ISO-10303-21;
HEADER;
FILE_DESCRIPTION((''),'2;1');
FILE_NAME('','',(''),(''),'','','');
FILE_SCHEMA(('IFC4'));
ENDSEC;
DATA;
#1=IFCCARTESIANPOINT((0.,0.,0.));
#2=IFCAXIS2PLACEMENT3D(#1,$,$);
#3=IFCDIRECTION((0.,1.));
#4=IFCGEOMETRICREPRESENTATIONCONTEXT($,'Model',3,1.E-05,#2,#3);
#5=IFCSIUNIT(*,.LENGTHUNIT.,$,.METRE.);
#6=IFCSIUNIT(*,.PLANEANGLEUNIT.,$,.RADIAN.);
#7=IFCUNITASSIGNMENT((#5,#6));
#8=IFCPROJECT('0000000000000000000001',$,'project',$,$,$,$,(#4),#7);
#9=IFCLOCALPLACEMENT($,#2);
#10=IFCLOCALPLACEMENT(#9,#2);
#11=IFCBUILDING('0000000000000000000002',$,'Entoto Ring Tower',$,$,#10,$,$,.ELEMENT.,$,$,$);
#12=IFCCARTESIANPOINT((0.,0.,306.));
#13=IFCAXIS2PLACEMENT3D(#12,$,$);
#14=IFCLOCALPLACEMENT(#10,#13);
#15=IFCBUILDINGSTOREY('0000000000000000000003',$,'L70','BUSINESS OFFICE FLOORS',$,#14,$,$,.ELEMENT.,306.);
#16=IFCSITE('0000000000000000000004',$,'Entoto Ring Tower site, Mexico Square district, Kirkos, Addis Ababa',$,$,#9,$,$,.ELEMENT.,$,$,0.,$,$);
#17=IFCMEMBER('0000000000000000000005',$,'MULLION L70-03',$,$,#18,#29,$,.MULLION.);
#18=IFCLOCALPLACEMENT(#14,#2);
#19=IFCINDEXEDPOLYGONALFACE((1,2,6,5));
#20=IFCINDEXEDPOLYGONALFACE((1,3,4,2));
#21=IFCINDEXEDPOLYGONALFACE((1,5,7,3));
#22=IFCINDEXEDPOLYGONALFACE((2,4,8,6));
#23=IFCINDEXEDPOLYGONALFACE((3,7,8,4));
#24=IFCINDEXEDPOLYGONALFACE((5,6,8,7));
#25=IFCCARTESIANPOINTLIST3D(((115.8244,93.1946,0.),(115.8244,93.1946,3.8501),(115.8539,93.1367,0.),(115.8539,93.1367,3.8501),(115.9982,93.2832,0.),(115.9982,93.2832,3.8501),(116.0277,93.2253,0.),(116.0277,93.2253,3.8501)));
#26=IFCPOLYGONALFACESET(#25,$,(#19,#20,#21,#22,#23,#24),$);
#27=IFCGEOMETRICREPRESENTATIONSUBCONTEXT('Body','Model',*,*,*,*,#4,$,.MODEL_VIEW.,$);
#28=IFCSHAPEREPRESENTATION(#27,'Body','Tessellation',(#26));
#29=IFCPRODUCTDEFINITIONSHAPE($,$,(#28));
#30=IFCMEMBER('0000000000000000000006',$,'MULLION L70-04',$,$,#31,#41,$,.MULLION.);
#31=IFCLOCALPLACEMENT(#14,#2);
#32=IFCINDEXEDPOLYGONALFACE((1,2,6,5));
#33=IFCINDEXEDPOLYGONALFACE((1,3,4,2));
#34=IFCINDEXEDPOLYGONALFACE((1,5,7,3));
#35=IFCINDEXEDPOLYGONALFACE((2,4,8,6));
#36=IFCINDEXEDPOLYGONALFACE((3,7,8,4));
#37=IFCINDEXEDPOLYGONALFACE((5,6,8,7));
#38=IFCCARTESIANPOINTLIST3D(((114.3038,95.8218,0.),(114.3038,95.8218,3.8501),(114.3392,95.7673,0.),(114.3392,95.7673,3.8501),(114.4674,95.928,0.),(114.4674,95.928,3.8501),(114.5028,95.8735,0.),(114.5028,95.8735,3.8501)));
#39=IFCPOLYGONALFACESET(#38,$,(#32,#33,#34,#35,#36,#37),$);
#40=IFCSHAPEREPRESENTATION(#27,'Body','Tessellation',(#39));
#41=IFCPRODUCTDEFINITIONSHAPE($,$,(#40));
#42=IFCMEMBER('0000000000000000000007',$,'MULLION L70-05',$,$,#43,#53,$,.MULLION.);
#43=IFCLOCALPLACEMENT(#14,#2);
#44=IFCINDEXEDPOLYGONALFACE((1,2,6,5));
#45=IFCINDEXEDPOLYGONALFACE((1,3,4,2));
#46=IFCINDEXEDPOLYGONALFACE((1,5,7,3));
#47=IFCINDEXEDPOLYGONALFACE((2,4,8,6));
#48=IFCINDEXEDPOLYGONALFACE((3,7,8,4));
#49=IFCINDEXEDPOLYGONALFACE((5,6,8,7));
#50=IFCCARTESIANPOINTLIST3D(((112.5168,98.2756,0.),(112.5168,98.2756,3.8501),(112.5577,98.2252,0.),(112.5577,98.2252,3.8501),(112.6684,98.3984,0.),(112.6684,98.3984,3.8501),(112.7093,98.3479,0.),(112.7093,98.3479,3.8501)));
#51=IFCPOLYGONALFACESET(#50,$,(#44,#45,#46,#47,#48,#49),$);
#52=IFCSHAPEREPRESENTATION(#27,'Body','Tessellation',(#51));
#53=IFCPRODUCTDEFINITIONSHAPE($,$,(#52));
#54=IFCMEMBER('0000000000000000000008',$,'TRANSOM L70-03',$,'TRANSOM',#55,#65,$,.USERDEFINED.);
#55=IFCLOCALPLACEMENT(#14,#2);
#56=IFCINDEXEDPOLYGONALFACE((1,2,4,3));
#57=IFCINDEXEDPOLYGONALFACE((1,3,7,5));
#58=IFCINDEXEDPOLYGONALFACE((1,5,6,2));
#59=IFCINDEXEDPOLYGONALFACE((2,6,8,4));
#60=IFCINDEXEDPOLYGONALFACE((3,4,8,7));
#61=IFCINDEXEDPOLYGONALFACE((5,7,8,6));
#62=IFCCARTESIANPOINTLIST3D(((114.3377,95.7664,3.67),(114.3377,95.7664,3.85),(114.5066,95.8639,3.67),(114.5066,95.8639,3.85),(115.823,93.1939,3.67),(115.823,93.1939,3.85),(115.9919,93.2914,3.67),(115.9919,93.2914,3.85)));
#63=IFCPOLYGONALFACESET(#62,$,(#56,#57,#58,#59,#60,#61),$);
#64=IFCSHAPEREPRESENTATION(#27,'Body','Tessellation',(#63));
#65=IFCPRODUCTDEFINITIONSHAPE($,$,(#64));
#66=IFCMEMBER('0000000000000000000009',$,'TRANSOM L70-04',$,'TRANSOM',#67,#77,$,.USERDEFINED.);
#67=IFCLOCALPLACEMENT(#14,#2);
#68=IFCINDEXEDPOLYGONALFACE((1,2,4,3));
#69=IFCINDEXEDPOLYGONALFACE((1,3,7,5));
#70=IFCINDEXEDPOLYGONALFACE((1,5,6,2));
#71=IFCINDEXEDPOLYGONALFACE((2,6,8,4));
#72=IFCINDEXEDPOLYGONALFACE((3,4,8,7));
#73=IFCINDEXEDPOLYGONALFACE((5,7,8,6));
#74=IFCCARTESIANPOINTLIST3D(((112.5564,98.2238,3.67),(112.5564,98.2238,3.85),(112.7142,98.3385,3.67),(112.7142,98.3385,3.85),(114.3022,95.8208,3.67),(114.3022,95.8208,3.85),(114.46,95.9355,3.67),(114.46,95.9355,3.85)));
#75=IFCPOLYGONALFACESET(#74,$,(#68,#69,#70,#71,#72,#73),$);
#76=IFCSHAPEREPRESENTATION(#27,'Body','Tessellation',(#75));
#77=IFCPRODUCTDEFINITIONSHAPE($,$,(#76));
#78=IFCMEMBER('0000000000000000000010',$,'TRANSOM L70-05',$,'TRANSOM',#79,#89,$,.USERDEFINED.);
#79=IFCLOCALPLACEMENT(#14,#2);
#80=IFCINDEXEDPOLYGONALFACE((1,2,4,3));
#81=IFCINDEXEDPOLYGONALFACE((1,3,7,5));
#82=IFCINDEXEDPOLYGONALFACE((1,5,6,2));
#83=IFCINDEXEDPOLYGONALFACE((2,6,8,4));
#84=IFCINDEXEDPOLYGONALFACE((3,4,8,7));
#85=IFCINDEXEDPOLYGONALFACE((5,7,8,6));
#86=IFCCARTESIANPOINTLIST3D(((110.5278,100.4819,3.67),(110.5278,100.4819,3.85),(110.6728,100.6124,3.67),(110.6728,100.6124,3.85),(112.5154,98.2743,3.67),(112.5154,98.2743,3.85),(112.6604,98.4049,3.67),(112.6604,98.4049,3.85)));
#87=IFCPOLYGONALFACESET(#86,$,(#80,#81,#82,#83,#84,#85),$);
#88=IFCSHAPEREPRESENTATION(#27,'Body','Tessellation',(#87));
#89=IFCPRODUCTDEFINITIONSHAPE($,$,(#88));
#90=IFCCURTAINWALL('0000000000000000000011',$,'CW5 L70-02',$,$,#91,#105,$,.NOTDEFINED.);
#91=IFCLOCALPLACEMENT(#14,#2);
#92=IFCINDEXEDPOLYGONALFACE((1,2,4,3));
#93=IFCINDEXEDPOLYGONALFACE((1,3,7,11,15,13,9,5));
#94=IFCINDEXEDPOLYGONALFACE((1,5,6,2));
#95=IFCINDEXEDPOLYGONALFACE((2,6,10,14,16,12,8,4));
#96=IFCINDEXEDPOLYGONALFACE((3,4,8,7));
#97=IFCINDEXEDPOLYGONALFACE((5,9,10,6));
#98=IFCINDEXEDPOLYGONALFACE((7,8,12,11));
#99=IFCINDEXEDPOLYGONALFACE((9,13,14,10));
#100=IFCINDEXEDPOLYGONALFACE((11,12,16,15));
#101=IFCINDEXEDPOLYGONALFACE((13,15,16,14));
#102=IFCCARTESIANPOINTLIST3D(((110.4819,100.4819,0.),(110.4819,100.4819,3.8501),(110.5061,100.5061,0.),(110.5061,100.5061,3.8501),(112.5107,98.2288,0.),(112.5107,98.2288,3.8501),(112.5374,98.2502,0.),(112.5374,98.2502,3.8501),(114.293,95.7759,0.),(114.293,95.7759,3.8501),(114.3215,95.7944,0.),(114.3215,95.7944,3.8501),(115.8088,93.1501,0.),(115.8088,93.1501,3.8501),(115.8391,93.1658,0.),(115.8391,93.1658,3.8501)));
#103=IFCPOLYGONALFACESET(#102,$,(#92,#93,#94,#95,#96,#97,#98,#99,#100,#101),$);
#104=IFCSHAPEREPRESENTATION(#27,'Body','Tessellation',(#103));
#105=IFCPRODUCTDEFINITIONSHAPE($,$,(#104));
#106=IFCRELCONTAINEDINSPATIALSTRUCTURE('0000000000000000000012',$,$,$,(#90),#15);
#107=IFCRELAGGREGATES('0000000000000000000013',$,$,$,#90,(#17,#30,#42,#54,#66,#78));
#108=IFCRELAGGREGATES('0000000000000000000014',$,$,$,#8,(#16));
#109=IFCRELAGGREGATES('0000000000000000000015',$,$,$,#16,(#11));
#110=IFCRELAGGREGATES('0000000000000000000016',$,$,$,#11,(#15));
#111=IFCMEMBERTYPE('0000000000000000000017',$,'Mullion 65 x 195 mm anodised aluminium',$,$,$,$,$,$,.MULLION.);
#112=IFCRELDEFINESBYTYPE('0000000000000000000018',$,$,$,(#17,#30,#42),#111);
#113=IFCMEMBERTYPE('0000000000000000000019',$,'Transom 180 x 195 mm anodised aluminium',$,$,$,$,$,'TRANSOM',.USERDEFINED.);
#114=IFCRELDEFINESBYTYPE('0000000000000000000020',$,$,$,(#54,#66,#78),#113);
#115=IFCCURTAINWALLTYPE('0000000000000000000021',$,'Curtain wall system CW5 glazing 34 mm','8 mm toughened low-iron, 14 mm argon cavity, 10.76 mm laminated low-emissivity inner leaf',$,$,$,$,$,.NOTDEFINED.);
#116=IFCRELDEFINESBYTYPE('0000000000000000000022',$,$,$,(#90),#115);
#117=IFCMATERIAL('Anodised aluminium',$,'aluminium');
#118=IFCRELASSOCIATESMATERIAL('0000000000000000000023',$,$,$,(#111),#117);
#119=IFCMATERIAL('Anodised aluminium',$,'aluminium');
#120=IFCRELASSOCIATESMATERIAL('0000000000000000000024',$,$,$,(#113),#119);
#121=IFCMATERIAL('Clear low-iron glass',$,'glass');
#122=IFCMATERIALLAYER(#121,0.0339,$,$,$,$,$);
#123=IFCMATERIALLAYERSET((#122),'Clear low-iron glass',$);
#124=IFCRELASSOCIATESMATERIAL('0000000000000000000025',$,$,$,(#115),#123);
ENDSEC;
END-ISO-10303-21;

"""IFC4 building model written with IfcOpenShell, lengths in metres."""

from ifc_helpers import new_model, si_unit, direction, frame, origin, origin_2d, place, context, subcontext, project, spatial, polyline, rectangle, outline, extrude, material, layer, layer_set, material_profile, profile_set, type_object, element, aggregate, save


model = new_model("IFC4")

# Units and contexts
model_context = context("Model", 3, precision=1e-05, world=origin(), true_north=direction((0.0, 1.0)))
body_context = subcontext(model_context, "Body", "Model", "MODEL_VIEW")
ifc_project = project(units=[si_unit("LENGTHUNIT", "METRE"), si_unit("PLANEANGLEUNIT", "RADIAN")], contexts=[model_context])

# Members
ifc_material_1 = material(Name="Anodised aluminium", Category="aluminium")
ifc_material_profile_1 = material_profile(ifc_material_1, rectangle(XDim=0.0649, YDim=0.1951, at=origin_2d()), Name="Mullion 65 x 195 mm anodised aluminium")
ifc_profile_set_1 = profile_set([ifc_material_profile_1], Name="Anodised aluminium")
member_type_1 = type_object("IfcMemberType", Name="Mullion 65 x 195 mm anodised aluminium", PredefinedType="MULLION", material=ifc_profile_set_1)
site_placement = place(None, origin())
building_placement = place(site_placement, origin())
storey_placement = place(building_placement, frame((0.0, 0.0, 306.0)))
member_1_placement = place(storey_placement, frame((115.926, 93.21, 0.0), z_axis=(0.0, 0.0, 1.0), x_axis=(-0.45399, 0.891007, 0.0)))
member_1 = element("IfcMember", 1, at=member_1_placement, type_object=member_type_1, Name="MULLION L70-03", PredefinedType="MULLION", context=body_context, shape_type="SweptSolid", body=[
    extrude(rectangle(XDim=0.0649, YDim=0.1951, at=origin_2d()), origin(), (0.0, 0.0, 1.0), 3.8501),
])
member_2_placement = place(storey_placement, frame((114.4033, 95.8477, 0.0), z_axis=(0.0, 0.0, 1.0), x_axis=(-0.544639, 0.838671, 0.0)))
member_2 = element("IfcMember", 2, at=member_2_placement, type_object=member_type_1, Name="MULLION L70-04", PredefinedType="MULLION", context=body_context, shape_type="SweptSolid", body=[
    extrude(rectangle(XDim=0.0649, YDim=0.1951, at=origin_2d()), origin(), (0.0, 0.0, 1.0), 3.8501),
])
member_3_placement = place(storey_placement, frame((112.613, 98.3118, 0.0), z_axis=(0.0, 0.0, 1.0), x_axis=(-0.62932, 0.777146, 0.0)))
member_3 = element("IfcMember", 3, at=member_3_placement, type_object=member_type_1, Name="MULLION L70-05", PredefinedType="MULLION", context=body_context, shape_type="SweptSolid", body=[
    extrude(rectangle(XDim=0.0649, YDim=0.1951, at=origin_2d()), origin(), (0.0, 0.0, 1.0), 3.8501),
])
ifc_material_2 = material(Name="Anodised aluminium", Category="aluminium")
ifc_material_profile_2 = material_profile(ifc_material_2, rectangle(XDim=0.1951, YDim=0.1799, at=origin_2d()), Name="Transom 180 x 195 mm anodised aluminium")
ifc_profile_set_2 = profile_set([ifc_material_profile_2], Name="Anodised aluminium")
member_type_2 = type_object("IfcMemberType", Name="Transom 180 x 195 mm anodised aluminium", ElementType="TRANSOM", PredefinedType="USERDEFINED", material=ifc_profile_set_2)
member_4_placement = place(storey_placement, frame((115.9075, 93.2427, 3.76), z_axis=(-0.500028, 0.866009, 0.0), x_axis=(-0.866009, -0.500028, 0.0)))
member_4 = element("IfcMember", 4, at=member_4_placement, type_object=member_type_2, Name="TRANSOM L70-03", ObjectType="TRANSOM", PredefinedType="USERDEFINED", context=body_context, shape_type="SweptSolid", body=[
    extrude(rectangle(XDim=0.1951, YDim=0.1799, at=origin_2d()), origin(), (0.0, 0.0, 1.0), 2.9705),
])
member_5_placement = place(storey_placement, frame((114.3811, 95.8782, 3.76), z_axis=(-0.587766, 0.809031, 0.0), x_axis=(-0.809031, -0.587766, 0.0)))
member_5 = element("IfcMember", 5, at=member_5_placement, type_object=member_type_2, Name="TRANSOM L70-04", ObjectType="TRANSOM", PredefinedType="USERDEFINED", context=body_context, shape_type="SweptSolid", body=[
    extrude(rectangle(XDim=0.1951, YDim=0.1799, at=origin_2d()), origin(), (0.0, 0.0, 1.0), 2.9702),
])
member_6_placement = place(storey_placement, frame((112.5879, 98.3396, 3.76), z_axis=(-0.66911, 0.743163, 0.0), x_axis=(-0.743163, -0.66911, 0.0)))
member_6 = element("IfcMember", 6, at=member_6_placement, type_object=member_type_2, Name="TRANSOM L70-05", ObjectType="TRANSOM", PredefinedType="USERDEFINED", context=body_context, shape_type="SweptSolid", body=[
    extrude(rectangle(XDim=0.1951, YDim=0.1799, at=origin_2d()), origin(), (0.0, 0.0, 1.0), 2.9705),
])

# Site, building, storey
site = spatial("IfcSite", under=ifc_project, at=site_placement, Name="Entoto Ring Tower site, Mexico Square district, Kirkos, Addis Ababa", CompositionType="ELEMENT", RefElevation=0.0)
building = spatial("IfcBuilding", under=site, at=building_placement, Name="Entoto Ring Tower", CompositionType="ELEMENT")
storey = spatial("IfcBuildingStorey", under=building, at=storey_placement, Name="L70", Description="BUSINESS OFFICE FLOORS", CompositionType="ELEMENT", Elevation=306.0)

# Curtain wall
ifc_material_3 = material(Name="Clear low-iron glass", Category="glass")
ifc_layer_1 = layer(ifc_material_3, 0.0339)
ifc_layer_set_1 = layer_set([ifc_layer_1], Name="Clear low-iron glass")
curtain_wall_type = type_object("IfcCurtainWallType", Name="Curtain wall system CW5 glazing 34 mm", Description="8 mm toughened low-iron, 14 mm argon cavity, 10.76 mm laminated low-emissivity inner leaf", PredefinedType="NOTDEFINED", material=ifc_layer_set_1)
curtain_wall_1_placement = place(storey_placement, origin())
curtain_wall_1 = element("IfcCurtainWall", 7, at=curtain_wall_1_placement, inside=storey, type_object=curtain_wall_type, Name="CW5 L70-02", PredefinedType="NOTDEFINED", context=body_context, shape_type="SweptSolid", body=[
    extrude(outline(polyline([(115.8391, 93.1658), (114.3215, 95.7944), (112.5374, 98.2502), (110.5061, 100.5061), (110.4819, 100.4819), (112.5107, 98.2288), (114.293, 95.7759), (115.8088, 93.1501), (115.8391, 93.1658)])), origin(), (0.0, 0.0, 1.0), 3.8501),
])
aggregate(curtain_wall_1, [member_1, member_2, member_3, member_4, member_5, member_6])

save(model, "model.ifc")
